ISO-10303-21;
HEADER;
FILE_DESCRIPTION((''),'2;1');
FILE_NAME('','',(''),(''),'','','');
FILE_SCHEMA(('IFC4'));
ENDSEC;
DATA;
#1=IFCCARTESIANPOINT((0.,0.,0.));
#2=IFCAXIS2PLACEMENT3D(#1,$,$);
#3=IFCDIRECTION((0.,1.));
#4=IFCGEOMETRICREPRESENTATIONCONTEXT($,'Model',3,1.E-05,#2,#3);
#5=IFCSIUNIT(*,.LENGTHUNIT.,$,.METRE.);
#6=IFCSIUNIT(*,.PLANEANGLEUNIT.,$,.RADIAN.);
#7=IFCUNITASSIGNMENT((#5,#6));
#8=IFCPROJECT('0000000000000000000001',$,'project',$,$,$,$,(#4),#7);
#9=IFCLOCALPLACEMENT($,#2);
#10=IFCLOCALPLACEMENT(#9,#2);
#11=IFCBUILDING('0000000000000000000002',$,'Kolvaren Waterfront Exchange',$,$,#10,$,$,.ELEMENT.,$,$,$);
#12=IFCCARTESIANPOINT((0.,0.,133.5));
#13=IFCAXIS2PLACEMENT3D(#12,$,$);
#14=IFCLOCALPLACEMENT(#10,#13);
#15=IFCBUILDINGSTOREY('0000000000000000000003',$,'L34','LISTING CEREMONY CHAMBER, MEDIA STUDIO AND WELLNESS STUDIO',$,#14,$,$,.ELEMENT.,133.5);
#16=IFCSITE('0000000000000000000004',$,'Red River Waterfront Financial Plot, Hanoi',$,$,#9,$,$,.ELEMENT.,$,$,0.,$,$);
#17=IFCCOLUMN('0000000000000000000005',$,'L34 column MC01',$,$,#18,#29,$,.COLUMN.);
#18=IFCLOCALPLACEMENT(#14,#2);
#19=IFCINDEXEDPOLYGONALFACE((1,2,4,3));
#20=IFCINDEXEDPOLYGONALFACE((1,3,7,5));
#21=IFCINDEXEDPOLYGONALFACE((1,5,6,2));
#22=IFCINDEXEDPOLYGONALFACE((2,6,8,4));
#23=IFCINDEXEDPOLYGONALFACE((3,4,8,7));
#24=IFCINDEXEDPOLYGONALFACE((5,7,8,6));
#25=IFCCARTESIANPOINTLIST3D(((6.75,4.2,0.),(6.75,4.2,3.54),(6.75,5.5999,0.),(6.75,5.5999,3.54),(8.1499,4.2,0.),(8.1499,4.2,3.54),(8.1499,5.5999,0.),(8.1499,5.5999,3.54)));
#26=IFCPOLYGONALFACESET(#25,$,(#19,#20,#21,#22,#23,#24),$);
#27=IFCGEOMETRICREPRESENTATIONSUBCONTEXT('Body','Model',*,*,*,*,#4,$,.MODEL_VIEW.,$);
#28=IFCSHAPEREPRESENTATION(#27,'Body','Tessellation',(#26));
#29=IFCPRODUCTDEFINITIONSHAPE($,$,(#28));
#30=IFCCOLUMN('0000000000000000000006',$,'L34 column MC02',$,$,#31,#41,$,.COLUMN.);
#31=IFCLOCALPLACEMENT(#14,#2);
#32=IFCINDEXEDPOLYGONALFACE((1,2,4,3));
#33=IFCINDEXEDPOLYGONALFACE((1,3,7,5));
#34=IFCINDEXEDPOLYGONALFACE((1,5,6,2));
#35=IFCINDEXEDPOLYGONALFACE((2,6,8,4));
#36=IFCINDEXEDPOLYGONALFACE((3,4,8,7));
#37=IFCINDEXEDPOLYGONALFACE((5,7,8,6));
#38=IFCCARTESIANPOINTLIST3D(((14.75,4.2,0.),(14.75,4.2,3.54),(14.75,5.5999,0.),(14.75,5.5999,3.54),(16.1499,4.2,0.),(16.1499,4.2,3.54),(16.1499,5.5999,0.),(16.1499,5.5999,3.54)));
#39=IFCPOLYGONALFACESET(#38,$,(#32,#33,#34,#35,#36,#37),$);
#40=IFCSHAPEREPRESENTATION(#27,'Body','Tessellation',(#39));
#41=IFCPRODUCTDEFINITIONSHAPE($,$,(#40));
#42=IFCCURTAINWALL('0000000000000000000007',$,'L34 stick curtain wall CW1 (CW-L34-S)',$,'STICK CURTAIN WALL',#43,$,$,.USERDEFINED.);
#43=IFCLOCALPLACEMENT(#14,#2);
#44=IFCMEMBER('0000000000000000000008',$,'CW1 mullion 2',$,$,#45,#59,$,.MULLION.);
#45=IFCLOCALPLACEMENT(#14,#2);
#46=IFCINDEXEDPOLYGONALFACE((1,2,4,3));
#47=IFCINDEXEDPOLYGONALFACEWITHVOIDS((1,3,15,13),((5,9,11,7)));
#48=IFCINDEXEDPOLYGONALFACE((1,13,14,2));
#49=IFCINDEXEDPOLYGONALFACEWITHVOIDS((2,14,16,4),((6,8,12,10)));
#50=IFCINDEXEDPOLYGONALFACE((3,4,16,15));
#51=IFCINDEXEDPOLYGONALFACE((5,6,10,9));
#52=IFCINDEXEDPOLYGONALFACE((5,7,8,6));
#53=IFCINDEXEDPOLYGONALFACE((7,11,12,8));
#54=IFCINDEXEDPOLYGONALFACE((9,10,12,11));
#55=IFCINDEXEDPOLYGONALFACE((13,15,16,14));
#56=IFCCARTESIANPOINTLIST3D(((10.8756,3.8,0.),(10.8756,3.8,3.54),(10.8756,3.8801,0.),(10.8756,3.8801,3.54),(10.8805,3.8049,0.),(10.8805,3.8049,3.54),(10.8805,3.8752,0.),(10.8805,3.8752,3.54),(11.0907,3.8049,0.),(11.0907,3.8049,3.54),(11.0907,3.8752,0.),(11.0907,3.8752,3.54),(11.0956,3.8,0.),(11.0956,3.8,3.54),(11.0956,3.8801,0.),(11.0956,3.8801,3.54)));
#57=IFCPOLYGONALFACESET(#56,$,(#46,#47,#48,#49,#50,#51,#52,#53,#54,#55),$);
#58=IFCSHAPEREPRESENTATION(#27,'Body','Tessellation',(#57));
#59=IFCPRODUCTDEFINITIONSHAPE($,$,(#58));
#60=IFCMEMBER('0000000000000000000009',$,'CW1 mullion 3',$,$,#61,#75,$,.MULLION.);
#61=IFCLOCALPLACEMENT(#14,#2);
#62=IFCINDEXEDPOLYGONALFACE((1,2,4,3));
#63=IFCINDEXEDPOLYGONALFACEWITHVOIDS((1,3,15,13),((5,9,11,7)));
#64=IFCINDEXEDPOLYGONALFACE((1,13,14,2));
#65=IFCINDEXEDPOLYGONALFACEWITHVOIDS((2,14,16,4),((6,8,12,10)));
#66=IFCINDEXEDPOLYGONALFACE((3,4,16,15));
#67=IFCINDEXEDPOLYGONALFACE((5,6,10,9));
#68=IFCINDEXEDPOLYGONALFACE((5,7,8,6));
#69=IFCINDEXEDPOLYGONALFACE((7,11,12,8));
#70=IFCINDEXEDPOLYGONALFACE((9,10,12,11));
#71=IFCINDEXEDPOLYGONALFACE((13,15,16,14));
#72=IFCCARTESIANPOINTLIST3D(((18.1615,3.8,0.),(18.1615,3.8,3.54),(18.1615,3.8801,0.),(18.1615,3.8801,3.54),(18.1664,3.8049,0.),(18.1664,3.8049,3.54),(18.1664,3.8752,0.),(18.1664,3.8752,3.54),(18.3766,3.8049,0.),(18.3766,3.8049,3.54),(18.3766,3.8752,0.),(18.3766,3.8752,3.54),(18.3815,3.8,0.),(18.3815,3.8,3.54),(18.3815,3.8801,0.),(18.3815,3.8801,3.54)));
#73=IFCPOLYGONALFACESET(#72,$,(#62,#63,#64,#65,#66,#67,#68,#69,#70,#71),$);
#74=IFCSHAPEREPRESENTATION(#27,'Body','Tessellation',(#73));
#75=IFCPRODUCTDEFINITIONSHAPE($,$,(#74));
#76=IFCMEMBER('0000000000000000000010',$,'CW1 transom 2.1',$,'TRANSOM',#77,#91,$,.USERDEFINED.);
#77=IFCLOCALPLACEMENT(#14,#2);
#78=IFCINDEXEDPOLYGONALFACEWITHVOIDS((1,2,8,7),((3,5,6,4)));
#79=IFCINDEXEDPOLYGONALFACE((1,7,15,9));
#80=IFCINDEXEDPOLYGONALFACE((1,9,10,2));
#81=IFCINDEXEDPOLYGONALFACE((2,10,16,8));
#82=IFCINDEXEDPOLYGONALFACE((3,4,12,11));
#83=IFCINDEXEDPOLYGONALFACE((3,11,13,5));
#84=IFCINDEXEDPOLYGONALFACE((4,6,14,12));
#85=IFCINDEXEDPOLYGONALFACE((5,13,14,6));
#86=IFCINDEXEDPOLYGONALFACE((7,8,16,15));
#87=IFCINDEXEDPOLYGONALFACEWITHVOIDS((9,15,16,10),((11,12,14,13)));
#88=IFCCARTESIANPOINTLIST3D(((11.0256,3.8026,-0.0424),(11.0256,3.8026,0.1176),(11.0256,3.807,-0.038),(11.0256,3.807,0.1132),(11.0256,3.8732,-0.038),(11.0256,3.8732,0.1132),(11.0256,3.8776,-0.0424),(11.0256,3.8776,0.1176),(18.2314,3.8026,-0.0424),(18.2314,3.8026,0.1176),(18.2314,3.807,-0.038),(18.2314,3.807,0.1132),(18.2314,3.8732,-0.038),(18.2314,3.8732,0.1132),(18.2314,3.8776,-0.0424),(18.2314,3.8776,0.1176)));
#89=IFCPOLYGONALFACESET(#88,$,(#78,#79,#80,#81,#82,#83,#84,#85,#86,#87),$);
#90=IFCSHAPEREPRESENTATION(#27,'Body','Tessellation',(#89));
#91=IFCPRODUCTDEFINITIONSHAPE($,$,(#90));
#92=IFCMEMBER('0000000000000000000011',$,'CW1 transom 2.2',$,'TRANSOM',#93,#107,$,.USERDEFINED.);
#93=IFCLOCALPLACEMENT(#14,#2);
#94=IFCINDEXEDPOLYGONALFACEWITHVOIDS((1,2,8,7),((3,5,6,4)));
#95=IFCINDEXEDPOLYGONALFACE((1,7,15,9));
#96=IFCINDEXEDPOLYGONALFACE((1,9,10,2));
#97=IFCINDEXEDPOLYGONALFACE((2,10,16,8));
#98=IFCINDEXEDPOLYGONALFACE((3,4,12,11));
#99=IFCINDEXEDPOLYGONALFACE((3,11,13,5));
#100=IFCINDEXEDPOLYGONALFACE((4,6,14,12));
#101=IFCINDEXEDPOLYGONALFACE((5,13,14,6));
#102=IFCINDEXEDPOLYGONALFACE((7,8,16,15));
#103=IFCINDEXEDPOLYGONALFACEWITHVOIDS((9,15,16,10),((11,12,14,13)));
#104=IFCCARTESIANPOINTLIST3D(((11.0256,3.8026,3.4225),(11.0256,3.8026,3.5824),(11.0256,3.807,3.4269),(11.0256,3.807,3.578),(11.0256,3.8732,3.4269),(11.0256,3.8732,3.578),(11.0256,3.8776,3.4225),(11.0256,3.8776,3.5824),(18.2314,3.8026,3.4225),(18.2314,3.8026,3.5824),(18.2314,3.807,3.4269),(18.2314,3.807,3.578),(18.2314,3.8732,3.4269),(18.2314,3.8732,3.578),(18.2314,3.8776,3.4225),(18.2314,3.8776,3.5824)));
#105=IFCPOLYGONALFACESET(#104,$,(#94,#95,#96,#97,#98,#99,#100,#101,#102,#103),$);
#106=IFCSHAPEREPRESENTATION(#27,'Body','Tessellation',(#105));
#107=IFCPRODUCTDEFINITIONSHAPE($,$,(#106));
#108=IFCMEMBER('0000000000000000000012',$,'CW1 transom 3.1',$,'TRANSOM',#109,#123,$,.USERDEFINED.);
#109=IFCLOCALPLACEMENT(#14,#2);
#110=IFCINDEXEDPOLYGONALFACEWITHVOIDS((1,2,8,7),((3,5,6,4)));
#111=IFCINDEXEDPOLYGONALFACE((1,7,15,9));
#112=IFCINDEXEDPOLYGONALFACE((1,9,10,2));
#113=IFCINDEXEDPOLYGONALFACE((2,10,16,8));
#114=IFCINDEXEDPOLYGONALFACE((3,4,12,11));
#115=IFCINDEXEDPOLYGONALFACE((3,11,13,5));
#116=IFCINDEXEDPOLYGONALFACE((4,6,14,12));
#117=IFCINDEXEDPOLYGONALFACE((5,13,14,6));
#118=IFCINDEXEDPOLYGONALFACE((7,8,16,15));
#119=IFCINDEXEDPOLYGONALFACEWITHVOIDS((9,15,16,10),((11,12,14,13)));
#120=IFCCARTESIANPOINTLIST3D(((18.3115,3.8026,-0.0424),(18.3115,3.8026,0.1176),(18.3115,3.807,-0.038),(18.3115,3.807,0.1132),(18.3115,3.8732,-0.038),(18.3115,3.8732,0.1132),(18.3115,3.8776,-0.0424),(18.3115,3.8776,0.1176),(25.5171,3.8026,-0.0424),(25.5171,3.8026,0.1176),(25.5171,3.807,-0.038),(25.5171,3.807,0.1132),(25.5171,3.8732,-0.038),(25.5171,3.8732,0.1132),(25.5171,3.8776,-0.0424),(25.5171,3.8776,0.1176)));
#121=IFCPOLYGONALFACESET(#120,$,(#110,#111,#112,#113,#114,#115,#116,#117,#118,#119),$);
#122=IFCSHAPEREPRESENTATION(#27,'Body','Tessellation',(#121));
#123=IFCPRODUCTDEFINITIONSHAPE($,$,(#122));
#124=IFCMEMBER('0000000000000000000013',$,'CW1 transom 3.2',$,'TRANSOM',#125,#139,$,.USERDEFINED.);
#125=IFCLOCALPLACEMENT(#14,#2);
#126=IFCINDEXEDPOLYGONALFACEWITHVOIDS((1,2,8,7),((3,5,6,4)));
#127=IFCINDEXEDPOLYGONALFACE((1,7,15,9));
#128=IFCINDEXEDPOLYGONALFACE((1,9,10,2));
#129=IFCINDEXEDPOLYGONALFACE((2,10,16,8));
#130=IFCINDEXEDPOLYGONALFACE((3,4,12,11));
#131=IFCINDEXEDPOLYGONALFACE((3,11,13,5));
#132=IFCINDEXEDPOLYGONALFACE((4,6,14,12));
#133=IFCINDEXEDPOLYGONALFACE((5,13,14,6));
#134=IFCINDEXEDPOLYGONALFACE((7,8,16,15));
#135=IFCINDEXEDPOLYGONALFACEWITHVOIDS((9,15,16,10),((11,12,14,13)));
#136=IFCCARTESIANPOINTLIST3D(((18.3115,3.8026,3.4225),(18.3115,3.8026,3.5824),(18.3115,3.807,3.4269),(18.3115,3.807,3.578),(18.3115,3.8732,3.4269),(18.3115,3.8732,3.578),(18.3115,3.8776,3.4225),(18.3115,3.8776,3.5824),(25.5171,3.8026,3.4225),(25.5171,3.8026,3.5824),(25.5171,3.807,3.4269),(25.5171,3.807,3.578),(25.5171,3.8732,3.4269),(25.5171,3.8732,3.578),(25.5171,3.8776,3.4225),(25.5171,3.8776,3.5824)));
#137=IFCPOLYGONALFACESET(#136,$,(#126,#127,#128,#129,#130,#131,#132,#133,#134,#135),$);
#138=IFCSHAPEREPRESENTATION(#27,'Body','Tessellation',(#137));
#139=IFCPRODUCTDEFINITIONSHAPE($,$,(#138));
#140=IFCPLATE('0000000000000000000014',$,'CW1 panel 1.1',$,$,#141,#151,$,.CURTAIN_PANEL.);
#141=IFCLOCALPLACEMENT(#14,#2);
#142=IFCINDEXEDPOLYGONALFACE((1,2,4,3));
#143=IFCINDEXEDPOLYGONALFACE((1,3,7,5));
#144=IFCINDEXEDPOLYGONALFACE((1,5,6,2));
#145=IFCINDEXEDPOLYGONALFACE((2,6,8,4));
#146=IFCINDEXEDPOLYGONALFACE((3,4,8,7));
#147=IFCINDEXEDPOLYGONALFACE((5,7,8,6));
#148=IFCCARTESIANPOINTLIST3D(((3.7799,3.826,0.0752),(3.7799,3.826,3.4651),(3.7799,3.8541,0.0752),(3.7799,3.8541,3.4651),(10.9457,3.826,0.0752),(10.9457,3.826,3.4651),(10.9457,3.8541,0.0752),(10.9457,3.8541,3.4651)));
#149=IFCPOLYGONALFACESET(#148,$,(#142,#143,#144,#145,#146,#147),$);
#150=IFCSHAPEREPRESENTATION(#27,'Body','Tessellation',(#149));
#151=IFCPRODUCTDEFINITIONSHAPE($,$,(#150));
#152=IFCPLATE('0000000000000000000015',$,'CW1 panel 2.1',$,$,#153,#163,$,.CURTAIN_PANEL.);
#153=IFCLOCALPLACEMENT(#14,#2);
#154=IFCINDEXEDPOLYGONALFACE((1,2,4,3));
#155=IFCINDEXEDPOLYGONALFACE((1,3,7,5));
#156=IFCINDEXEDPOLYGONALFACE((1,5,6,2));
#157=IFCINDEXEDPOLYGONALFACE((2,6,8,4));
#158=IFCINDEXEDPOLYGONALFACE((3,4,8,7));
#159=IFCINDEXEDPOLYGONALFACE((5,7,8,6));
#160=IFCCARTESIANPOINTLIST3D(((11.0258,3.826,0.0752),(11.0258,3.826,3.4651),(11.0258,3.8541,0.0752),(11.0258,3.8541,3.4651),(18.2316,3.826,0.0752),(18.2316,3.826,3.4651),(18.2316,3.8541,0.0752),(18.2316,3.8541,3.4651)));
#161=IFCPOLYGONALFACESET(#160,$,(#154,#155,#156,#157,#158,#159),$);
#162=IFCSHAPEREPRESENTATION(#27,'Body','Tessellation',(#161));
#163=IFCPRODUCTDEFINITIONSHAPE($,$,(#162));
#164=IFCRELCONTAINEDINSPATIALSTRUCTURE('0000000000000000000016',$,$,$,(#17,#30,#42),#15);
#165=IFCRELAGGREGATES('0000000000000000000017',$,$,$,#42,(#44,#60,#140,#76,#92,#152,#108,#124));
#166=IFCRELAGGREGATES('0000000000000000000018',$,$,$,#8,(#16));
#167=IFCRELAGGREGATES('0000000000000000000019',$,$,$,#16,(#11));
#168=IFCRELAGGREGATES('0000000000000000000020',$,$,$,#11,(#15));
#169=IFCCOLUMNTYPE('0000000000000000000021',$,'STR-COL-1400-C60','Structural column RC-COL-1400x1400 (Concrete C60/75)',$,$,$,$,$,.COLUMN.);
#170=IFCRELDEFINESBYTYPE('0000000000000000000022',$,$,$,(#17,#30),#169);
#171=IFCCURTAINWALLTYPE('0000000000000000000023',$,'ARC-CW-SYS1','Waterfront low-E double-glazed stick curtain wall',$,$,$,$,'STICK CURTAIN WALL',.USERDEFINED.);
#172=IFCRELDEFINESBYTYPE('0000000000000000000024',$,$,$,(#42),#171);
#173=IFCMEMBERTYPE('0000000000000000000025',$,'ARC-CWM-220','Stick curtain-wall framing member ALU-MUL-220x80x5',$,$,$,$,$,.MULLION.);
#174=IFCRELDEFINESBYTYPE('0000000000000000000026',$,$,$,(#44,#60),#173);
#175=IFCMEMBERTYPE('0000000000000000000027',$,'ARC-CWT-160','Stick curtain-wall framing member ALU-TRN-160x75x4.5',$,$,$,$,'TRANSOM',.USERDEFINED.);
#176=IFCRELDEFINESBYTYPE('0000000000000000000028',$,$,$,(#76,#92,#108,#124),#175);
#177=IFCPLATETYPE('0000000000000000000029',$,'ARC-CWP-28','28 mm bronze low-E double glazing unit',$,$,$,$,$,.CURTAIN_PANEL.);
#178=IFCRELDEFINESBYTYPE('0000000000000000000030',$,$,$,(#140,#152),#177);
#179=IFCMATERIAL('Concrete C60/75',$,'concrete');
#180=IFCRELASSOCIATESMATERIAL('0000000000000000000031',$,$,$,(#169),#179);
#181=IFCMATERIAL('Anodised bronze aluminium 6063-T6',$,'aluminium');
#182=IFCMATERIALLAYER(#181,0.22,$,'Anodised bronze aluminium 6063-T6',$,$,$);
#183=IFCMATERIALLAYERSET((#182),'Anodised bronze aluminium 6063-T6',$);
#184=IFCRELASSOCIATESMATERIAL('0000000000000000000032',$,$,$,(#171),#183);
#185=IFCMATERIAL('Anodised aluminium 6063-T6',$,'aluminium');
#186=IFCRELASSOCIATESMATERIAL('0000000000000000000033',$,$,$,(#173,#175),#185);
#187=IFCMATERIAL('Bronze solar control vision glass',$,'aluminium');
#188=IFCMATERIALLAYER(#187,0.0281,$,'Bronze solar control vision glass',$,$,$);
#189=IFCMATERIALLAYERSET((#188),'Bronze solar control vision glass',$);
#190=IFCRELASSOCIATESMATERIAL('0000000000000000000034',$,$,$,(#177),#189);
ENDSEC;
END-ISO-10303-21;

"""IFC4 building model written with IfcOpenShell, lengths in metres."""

from ifc_helpers import new_model, si_unit, direction, frame, origin, origin_with_axes, origin_2d, place, context, subcontext, project, spatial, rectangle, hollow_rectangle, extrude, source, transform, mapped, material, layer, layer_set, material_profile, profile_set, type_object, element, aggregate, save


model = new_model("IFC4")

# Units and contexts
model_context = context("Model", 3, precision=1e-05, world=origin(), true_north=direction((0.0, 1.0)))
body_context = subcontext(model_context, "Body", "Model", "MODEL_VIEW")
ifc_project = project(units=[si_unit("LENGTHUNIT", "METRE"), si_unit("PLANEANGLEUNIT", "RADIAN")], contexts=[model_context])

# Site, building, storey
site_placement = place(None, origin())
site = spatial("IfcSite", under=ifc_project, at=site_placement, Name="Red River Waterfront Financial Plot, Hanoi", CompositionType="ELEMENT", RefElevation=0.0)
building_placement = place(site_placement, origin())
building = spatial("IfcBuilding", under=site, at=building_placement, Name="Kolvaren Waterfront Exchange", CompositionType="ELEMENT")
storey_placement = place(building_placement, frame((0.0, 0.0, 133.5)))
storey = spatial("IfcBuildingStorey", under=building, at=storey_placement, Name="L34", Description="LISTING CEREMONY CHAMBER, MEDIA STUDIO AND WELLNESS STUDIO", CompositionType="ELEMENT", Elevation=133.5)

# Columns
ifc_material_1 = material(Name="Concrete C60/75", Category="concrete")
ifc_material_profile_1 = material_profile(ifc_material_1, rectangle(XDim=1.3999, YDim=1.3999, at=origin_2d()), Name="RC-COL-1400x1400")
ifc_profile_set_1 = profile_set([ifc_material_profile_1], Name="Concrete C60/75")
column_type = type_object("IfcColumnType", Name="STR-COL-1400-C60", Description="Structural column RC-COL-1400x1400 (Concrete C60/75)", PredefinedType="COLUMN", material=ifc_profile_set_1)
for number, where, z_axis, x_axis, name in (
    (1, (7.45, 4.8999, 0.0), (0.0, 0.0, 1.0), (1.0, 0.0, 0.0), "L34 column MC01"),
    (2, (15.45, 4.8999, 0.0), (0.0, 0.0, 1.0), (1.0, 0.0, 0.0), "L34 column MC02"),
):
    element("IfcColumn", number, at=place(storey_placement, frame(where, z_axis=z_axis, x_axis=x_axis)), inside=storey, type_object=column_type, Name=name, PredefinedType="COLUMN", context=body_context, shape_type="SweptSolid", body=[
        extrude(rectangle(XDim=1.3999, YDim=1.3999, at=origin_2d()), origin(), (0.0, 0.0, 1.0), 3.54),
    ])

# Curtain wall, members, plates
ifc_material_2 = material(Name="Anodised bronze aluminium 6063-T6", Category="aluminium")
ifc_layer_1 = layer(ifc_material_2, 0.22, Name="Anodised bronze aluminium 6063-T6")
ifc_layer_set_1 = layer_set([ifc_layer_1], Name="Anodised bronze aluminium 6063-T6")
curtain_wall_type = type_object("IfcCurtainWallType", Name="ARC-CW-SYS1", Description="Waterfront low-E double-glazed stick curtain wall", ElementType="STICK CURTAIN WALL", PredefinedType="USERDEFINED", material=ifc_layer_set_1)
curtain_wall_placement = place(storey_placement, origin())
curtain_wall = element("IfcCurtainWall", 3, at=curtain_wall_placement, inside=storey, type_object=curtain_wall_type, Name="L34 stick curtain wall CW1 (CW-L34-S)", ObjectType="STICK CURTAIN WALL", PredefinedType="USERDEFINED")
ifc_material_3 = material(Name="Anodised aluminium 6063-T6", Category="aluminium")
ifc_material_profile_2 = material_profile(ifc_material_3, hollow_rectangle(XDim=0.0801, YDim=0.22, WallThickness=0.0049, at=origin_2d()), Name="ALU-MUL-220x80x5")
ifc_profile_set_2 = profile_set([ifc_material_profile_2], Name="Anodised aluminium 6063-T6")
member_type_1 = type_object("IfcMemberType", Name="ARC-CWM-220", Description="Stick curtain-wall framing member ALU-MUL-220x80x5", PredefinedType="MULLION", material=ifc_profile_set_2)
shared_shape_1 = source(origin_with_axes(), body_context, "Body", "SweptSolid", [
    extrude(hollow_rectangle(XDim=0.0801, YDim=0.22, WallThickness=0.0049, at=origin_2d()), origin(), (0.0, 0.0, 1.0), 3.54),
])
member_1_placement = place(storey_placement, frame((10.9856, 3.8401, 0.0), z_axis=(0.0, 0.0, 1.0), x_axis=(0.0, 1.0, 0.0)))
member_1 = element("IfcMember", 4, at=member_1_placement, type_object=member_type_1, Name="CW1 mullion 2", PredefinedType="MULLION", context=body_context, shape_type="MappedRepresentation", body=[
    mapped(shared_shape_1, transform((0.0, 0.0, 0.0), x_axis=(1.0, 0.0, 0.0), y_axis=(0.0, 1.0, 0.0), z_axis=(0.0, 0.0, 1.0), scale=1.0)),
])
member_2_placement = place(storey_placement, frame((18.2715, 3.8401, 0.0), z_axis=(0.0, 0.0, 1.0), x_axis=(0.0, 1.0, 0.0)))
member_2 = element("IfcMember", 5, at=member_2_placement, type_object=member_type_1, Name="CW1 mullion 3", PredefinedType="MULLION", context=body_context, shape_type="MappedRepresentation", body=[
    mapped(shared_shape_1, transform((0.0, 0.0, 0.0), x_axis=(1.0, 0.0, 0.0), y_axis=(0.0, 1.0, 0.0), z_axis=(0.0, 0.0, 1.0), scale=1.0)),
])
ifc_material_profile_3 = material_profile(ifc_material_3, hollow_rectangle(XDim=0.075, YDim=0.1599, WallThickness=0.0044, at=origin_2d()), Name="ALU-TRN-160x75x4.5")
ifc_profile_set_3 = profile_set([ifc_material_profile_3], Name="Anodised aluminium 6063-T6")
member_type_2 = type_object("IfcMemberType", Name="ARC-CWT-160", Description="Stick curtain-wall framing member ALU-TRN-160x75x4.5", ElementType="TRANSOM", PredefinedType="USERDEFINED", material=ifc_profile_set_3)
shared_shape_2 = source(origin_with_axes(), body_context, "Body", "SweptSolid", [
    extrude(hollow_rectangle(XDim=0.075, YDim=0.1599, WallThickness=0.0044, at=origin_2d()), origin(), (0.0, 0.0, 1.0), 7.2058),
])
member_3_placement = place(storey_placement, frame((11.0256, 3.8401, 0.0376), z_axis=(1.0, 0.0, 0.0), x_axis=(0.0, 1.0, 0.0)))
member_3 = element("IfcMember", 6, at=member_3_placement, type_object=member_type_2, Name="CW1 transom 2.1", ObjectType="TRANSOM", PredefinedType="USERDEFINED", context=body_context, shape_type="MappedRepresentation", body=[
    mapped(shared_shape_2, transform((0.0, 0.0, 0.0), x_axis=(1.0, 0.0, 0.0), y_axis=(0.0, 1.0, 0.0), z_axis=(0.0, 0.0, 1.0), scale=1.0)),
])
member_4_placement = place(storey_placement, frame((11.0256, 3.8401, 3.5024), z_axis=(1.0, 0.0, 0.0), x_axis=(0.0, 1.0, 0.0)))
member_4 = element("IfcMember", 7, at=member_4_placement, type_object=member_type_2, Name="CW1 transom 2.2", ObjectType="TRANSOM", PredefinedType="USERDEFINED", context=body_context, shape_type="MappedRepresentation", body=[
    mapped(shared_shape_2, transform((0.0, 0.0, 0.0), x_axis=(1.0, 0.0, 0.0), y_axis=(0.0, 1.0, 0.0), z_axis=(0.0, 0.0, 1.0), scale=1.0)),
])
shared_shape_3 = source(origin_with_axes(), body_context, "Body", "SweptSolid", [
    extrude(hollow_rectangle(XDim=0.075, YDim=0.1599, WallThickness=0.0044, at=origin_2d()), origin(), (0.0, 0.0, 1.0), 7.2056),
])
member_5_placement = place(storey_placement, frame((18.3115, 3.8401, 0.0376), z_axis=(1.0, 0.0, 0.0), x_axis=(0.0, 1.0, 0.0)))
member_5 = element("IfcMember", 8, at=member_5_placement, type_object=member_type_2, Name="CW1 transom 3.1", ObjectType="TRANSOM", PredefinedType="USERDEFINED", context=body_context, shape_type="MappedRepresentation", body=[
    mapped(shared_shape_3, transform((0.0, 0.0, 0.0), x_axis=(1.0, 0.0, 0.0), y_axis=(0.0, 1.0, 0.0), z_axis=(0.0, 0.0, 1.0), scale=1.0)),
])
member_6_placement = place(storey_placement, frame((18.3115, 3.8401, 3.5024), z_axis=(1.0, 0.0, 0.0), x_axis=(0.0, 1.0, 0.0)))
member_6 = element("IfcMember", 9, at=member_6_placement, type_object=member_type_2, Name="CW1 transom 3.2", ObjectType="TRANSOM", PredefinedType="USERDEFINED", context=body_context, shape_type="MappedRepresentation", body=[
    mapped(shared_shape_3, transform((0.0, 0.0, 0.0), x_axis=(1.0, 0.0, 0.0), y_axis=(0.0, 1.0, 0.0), z_axis=(0.0, 0.0, 1.0), scale=1.0)),
])
ifc_material_4 = material(Name="Bronze solar control vision glass", Category="aluminium")
ifc_layer_2 = layer(ifc_material_4, 0.0281, Name="Bronze solar control vision glass")
ifc_layer_set_2 = layer_set([ifc_layer_2], Name="Bronze solar control vision glass")
plate_type = type_object("IfcPlateType", Name="ARC-CWP-28", Description="28 mm bronze low-E double glazing unit", PredefinedType="CURTAIN_PANEL", material=ifc_layer_set_2)
shared_shape_4 = source(origin_with_axes(), body_context, "Body", "SweptSolid", [
    extrude(rectangle(XDim=7.1658, YDim=0.0281, at=origin_2d()), origin(), (0.0, 0.0, 1.0), 3.3899),
])
plate_1_placement = place(storey_placement, frame((7.3628, 3.8401, 0.0752), z_axis=(0.0, 0.0, 1.0), x_axis=(1.0, 0.0, 0.0)))
plate_1 = element("IfcPlate", 10, at=plate_1_placement, type_object=plate_type, Name="CW1 panel 1.1", PredefinedType="CURTAIN_PANEL", context=body_context, shape_type="MappedRepresentation", body=[
    mapped(shared_shape_4, transform((0.0, 0.0, 0.0), x_axis=(1.0, 0.0, 0.0), y_axis=(0.0, 1.0, 0.0), z_axis=(0.0, 0.0, 1.0), scale=1.0)),
])
shared_shape_5 = source(origin_with_axes(), body_context, "Body", "SweptSolid", [
    extrude(rectangle(XDim=7.2058, YDim=0.0281, at=origin_2d()), origin(), (0.0, 0.0, 1.0), 3.3899),
])
plate_2_placement = place(storey_placement, frame((14.6287, 3.8401, 0.0752), z_axis=(0.0, 0.0, 1.0), x_axis=(1.0, 0.0, 0.0)))
plate_2 = element("IfcPlate", 11, at=plate_2_placement, type_object=plate_type, Name="CW1 panel 2.1", PredefinedType="CURTAIN_PANEL", context=body_context, shape_type="MappedRepresentation", body=[
    mapped(shared_shape_5, transform((0.0, 0.0, 0.0), x_axis=(1.0, 0.0, 0.0), y_axis=(0.0, 1.0, 0.0), z_axis=(0.0, 0.0, 1.0), scale=1.0)),
])
aggregate(curtain_wall, [member_1, member_2, plate_1, member_3, member_4, plate_2, member_5, member_6])

save(model, "model.ifc")
